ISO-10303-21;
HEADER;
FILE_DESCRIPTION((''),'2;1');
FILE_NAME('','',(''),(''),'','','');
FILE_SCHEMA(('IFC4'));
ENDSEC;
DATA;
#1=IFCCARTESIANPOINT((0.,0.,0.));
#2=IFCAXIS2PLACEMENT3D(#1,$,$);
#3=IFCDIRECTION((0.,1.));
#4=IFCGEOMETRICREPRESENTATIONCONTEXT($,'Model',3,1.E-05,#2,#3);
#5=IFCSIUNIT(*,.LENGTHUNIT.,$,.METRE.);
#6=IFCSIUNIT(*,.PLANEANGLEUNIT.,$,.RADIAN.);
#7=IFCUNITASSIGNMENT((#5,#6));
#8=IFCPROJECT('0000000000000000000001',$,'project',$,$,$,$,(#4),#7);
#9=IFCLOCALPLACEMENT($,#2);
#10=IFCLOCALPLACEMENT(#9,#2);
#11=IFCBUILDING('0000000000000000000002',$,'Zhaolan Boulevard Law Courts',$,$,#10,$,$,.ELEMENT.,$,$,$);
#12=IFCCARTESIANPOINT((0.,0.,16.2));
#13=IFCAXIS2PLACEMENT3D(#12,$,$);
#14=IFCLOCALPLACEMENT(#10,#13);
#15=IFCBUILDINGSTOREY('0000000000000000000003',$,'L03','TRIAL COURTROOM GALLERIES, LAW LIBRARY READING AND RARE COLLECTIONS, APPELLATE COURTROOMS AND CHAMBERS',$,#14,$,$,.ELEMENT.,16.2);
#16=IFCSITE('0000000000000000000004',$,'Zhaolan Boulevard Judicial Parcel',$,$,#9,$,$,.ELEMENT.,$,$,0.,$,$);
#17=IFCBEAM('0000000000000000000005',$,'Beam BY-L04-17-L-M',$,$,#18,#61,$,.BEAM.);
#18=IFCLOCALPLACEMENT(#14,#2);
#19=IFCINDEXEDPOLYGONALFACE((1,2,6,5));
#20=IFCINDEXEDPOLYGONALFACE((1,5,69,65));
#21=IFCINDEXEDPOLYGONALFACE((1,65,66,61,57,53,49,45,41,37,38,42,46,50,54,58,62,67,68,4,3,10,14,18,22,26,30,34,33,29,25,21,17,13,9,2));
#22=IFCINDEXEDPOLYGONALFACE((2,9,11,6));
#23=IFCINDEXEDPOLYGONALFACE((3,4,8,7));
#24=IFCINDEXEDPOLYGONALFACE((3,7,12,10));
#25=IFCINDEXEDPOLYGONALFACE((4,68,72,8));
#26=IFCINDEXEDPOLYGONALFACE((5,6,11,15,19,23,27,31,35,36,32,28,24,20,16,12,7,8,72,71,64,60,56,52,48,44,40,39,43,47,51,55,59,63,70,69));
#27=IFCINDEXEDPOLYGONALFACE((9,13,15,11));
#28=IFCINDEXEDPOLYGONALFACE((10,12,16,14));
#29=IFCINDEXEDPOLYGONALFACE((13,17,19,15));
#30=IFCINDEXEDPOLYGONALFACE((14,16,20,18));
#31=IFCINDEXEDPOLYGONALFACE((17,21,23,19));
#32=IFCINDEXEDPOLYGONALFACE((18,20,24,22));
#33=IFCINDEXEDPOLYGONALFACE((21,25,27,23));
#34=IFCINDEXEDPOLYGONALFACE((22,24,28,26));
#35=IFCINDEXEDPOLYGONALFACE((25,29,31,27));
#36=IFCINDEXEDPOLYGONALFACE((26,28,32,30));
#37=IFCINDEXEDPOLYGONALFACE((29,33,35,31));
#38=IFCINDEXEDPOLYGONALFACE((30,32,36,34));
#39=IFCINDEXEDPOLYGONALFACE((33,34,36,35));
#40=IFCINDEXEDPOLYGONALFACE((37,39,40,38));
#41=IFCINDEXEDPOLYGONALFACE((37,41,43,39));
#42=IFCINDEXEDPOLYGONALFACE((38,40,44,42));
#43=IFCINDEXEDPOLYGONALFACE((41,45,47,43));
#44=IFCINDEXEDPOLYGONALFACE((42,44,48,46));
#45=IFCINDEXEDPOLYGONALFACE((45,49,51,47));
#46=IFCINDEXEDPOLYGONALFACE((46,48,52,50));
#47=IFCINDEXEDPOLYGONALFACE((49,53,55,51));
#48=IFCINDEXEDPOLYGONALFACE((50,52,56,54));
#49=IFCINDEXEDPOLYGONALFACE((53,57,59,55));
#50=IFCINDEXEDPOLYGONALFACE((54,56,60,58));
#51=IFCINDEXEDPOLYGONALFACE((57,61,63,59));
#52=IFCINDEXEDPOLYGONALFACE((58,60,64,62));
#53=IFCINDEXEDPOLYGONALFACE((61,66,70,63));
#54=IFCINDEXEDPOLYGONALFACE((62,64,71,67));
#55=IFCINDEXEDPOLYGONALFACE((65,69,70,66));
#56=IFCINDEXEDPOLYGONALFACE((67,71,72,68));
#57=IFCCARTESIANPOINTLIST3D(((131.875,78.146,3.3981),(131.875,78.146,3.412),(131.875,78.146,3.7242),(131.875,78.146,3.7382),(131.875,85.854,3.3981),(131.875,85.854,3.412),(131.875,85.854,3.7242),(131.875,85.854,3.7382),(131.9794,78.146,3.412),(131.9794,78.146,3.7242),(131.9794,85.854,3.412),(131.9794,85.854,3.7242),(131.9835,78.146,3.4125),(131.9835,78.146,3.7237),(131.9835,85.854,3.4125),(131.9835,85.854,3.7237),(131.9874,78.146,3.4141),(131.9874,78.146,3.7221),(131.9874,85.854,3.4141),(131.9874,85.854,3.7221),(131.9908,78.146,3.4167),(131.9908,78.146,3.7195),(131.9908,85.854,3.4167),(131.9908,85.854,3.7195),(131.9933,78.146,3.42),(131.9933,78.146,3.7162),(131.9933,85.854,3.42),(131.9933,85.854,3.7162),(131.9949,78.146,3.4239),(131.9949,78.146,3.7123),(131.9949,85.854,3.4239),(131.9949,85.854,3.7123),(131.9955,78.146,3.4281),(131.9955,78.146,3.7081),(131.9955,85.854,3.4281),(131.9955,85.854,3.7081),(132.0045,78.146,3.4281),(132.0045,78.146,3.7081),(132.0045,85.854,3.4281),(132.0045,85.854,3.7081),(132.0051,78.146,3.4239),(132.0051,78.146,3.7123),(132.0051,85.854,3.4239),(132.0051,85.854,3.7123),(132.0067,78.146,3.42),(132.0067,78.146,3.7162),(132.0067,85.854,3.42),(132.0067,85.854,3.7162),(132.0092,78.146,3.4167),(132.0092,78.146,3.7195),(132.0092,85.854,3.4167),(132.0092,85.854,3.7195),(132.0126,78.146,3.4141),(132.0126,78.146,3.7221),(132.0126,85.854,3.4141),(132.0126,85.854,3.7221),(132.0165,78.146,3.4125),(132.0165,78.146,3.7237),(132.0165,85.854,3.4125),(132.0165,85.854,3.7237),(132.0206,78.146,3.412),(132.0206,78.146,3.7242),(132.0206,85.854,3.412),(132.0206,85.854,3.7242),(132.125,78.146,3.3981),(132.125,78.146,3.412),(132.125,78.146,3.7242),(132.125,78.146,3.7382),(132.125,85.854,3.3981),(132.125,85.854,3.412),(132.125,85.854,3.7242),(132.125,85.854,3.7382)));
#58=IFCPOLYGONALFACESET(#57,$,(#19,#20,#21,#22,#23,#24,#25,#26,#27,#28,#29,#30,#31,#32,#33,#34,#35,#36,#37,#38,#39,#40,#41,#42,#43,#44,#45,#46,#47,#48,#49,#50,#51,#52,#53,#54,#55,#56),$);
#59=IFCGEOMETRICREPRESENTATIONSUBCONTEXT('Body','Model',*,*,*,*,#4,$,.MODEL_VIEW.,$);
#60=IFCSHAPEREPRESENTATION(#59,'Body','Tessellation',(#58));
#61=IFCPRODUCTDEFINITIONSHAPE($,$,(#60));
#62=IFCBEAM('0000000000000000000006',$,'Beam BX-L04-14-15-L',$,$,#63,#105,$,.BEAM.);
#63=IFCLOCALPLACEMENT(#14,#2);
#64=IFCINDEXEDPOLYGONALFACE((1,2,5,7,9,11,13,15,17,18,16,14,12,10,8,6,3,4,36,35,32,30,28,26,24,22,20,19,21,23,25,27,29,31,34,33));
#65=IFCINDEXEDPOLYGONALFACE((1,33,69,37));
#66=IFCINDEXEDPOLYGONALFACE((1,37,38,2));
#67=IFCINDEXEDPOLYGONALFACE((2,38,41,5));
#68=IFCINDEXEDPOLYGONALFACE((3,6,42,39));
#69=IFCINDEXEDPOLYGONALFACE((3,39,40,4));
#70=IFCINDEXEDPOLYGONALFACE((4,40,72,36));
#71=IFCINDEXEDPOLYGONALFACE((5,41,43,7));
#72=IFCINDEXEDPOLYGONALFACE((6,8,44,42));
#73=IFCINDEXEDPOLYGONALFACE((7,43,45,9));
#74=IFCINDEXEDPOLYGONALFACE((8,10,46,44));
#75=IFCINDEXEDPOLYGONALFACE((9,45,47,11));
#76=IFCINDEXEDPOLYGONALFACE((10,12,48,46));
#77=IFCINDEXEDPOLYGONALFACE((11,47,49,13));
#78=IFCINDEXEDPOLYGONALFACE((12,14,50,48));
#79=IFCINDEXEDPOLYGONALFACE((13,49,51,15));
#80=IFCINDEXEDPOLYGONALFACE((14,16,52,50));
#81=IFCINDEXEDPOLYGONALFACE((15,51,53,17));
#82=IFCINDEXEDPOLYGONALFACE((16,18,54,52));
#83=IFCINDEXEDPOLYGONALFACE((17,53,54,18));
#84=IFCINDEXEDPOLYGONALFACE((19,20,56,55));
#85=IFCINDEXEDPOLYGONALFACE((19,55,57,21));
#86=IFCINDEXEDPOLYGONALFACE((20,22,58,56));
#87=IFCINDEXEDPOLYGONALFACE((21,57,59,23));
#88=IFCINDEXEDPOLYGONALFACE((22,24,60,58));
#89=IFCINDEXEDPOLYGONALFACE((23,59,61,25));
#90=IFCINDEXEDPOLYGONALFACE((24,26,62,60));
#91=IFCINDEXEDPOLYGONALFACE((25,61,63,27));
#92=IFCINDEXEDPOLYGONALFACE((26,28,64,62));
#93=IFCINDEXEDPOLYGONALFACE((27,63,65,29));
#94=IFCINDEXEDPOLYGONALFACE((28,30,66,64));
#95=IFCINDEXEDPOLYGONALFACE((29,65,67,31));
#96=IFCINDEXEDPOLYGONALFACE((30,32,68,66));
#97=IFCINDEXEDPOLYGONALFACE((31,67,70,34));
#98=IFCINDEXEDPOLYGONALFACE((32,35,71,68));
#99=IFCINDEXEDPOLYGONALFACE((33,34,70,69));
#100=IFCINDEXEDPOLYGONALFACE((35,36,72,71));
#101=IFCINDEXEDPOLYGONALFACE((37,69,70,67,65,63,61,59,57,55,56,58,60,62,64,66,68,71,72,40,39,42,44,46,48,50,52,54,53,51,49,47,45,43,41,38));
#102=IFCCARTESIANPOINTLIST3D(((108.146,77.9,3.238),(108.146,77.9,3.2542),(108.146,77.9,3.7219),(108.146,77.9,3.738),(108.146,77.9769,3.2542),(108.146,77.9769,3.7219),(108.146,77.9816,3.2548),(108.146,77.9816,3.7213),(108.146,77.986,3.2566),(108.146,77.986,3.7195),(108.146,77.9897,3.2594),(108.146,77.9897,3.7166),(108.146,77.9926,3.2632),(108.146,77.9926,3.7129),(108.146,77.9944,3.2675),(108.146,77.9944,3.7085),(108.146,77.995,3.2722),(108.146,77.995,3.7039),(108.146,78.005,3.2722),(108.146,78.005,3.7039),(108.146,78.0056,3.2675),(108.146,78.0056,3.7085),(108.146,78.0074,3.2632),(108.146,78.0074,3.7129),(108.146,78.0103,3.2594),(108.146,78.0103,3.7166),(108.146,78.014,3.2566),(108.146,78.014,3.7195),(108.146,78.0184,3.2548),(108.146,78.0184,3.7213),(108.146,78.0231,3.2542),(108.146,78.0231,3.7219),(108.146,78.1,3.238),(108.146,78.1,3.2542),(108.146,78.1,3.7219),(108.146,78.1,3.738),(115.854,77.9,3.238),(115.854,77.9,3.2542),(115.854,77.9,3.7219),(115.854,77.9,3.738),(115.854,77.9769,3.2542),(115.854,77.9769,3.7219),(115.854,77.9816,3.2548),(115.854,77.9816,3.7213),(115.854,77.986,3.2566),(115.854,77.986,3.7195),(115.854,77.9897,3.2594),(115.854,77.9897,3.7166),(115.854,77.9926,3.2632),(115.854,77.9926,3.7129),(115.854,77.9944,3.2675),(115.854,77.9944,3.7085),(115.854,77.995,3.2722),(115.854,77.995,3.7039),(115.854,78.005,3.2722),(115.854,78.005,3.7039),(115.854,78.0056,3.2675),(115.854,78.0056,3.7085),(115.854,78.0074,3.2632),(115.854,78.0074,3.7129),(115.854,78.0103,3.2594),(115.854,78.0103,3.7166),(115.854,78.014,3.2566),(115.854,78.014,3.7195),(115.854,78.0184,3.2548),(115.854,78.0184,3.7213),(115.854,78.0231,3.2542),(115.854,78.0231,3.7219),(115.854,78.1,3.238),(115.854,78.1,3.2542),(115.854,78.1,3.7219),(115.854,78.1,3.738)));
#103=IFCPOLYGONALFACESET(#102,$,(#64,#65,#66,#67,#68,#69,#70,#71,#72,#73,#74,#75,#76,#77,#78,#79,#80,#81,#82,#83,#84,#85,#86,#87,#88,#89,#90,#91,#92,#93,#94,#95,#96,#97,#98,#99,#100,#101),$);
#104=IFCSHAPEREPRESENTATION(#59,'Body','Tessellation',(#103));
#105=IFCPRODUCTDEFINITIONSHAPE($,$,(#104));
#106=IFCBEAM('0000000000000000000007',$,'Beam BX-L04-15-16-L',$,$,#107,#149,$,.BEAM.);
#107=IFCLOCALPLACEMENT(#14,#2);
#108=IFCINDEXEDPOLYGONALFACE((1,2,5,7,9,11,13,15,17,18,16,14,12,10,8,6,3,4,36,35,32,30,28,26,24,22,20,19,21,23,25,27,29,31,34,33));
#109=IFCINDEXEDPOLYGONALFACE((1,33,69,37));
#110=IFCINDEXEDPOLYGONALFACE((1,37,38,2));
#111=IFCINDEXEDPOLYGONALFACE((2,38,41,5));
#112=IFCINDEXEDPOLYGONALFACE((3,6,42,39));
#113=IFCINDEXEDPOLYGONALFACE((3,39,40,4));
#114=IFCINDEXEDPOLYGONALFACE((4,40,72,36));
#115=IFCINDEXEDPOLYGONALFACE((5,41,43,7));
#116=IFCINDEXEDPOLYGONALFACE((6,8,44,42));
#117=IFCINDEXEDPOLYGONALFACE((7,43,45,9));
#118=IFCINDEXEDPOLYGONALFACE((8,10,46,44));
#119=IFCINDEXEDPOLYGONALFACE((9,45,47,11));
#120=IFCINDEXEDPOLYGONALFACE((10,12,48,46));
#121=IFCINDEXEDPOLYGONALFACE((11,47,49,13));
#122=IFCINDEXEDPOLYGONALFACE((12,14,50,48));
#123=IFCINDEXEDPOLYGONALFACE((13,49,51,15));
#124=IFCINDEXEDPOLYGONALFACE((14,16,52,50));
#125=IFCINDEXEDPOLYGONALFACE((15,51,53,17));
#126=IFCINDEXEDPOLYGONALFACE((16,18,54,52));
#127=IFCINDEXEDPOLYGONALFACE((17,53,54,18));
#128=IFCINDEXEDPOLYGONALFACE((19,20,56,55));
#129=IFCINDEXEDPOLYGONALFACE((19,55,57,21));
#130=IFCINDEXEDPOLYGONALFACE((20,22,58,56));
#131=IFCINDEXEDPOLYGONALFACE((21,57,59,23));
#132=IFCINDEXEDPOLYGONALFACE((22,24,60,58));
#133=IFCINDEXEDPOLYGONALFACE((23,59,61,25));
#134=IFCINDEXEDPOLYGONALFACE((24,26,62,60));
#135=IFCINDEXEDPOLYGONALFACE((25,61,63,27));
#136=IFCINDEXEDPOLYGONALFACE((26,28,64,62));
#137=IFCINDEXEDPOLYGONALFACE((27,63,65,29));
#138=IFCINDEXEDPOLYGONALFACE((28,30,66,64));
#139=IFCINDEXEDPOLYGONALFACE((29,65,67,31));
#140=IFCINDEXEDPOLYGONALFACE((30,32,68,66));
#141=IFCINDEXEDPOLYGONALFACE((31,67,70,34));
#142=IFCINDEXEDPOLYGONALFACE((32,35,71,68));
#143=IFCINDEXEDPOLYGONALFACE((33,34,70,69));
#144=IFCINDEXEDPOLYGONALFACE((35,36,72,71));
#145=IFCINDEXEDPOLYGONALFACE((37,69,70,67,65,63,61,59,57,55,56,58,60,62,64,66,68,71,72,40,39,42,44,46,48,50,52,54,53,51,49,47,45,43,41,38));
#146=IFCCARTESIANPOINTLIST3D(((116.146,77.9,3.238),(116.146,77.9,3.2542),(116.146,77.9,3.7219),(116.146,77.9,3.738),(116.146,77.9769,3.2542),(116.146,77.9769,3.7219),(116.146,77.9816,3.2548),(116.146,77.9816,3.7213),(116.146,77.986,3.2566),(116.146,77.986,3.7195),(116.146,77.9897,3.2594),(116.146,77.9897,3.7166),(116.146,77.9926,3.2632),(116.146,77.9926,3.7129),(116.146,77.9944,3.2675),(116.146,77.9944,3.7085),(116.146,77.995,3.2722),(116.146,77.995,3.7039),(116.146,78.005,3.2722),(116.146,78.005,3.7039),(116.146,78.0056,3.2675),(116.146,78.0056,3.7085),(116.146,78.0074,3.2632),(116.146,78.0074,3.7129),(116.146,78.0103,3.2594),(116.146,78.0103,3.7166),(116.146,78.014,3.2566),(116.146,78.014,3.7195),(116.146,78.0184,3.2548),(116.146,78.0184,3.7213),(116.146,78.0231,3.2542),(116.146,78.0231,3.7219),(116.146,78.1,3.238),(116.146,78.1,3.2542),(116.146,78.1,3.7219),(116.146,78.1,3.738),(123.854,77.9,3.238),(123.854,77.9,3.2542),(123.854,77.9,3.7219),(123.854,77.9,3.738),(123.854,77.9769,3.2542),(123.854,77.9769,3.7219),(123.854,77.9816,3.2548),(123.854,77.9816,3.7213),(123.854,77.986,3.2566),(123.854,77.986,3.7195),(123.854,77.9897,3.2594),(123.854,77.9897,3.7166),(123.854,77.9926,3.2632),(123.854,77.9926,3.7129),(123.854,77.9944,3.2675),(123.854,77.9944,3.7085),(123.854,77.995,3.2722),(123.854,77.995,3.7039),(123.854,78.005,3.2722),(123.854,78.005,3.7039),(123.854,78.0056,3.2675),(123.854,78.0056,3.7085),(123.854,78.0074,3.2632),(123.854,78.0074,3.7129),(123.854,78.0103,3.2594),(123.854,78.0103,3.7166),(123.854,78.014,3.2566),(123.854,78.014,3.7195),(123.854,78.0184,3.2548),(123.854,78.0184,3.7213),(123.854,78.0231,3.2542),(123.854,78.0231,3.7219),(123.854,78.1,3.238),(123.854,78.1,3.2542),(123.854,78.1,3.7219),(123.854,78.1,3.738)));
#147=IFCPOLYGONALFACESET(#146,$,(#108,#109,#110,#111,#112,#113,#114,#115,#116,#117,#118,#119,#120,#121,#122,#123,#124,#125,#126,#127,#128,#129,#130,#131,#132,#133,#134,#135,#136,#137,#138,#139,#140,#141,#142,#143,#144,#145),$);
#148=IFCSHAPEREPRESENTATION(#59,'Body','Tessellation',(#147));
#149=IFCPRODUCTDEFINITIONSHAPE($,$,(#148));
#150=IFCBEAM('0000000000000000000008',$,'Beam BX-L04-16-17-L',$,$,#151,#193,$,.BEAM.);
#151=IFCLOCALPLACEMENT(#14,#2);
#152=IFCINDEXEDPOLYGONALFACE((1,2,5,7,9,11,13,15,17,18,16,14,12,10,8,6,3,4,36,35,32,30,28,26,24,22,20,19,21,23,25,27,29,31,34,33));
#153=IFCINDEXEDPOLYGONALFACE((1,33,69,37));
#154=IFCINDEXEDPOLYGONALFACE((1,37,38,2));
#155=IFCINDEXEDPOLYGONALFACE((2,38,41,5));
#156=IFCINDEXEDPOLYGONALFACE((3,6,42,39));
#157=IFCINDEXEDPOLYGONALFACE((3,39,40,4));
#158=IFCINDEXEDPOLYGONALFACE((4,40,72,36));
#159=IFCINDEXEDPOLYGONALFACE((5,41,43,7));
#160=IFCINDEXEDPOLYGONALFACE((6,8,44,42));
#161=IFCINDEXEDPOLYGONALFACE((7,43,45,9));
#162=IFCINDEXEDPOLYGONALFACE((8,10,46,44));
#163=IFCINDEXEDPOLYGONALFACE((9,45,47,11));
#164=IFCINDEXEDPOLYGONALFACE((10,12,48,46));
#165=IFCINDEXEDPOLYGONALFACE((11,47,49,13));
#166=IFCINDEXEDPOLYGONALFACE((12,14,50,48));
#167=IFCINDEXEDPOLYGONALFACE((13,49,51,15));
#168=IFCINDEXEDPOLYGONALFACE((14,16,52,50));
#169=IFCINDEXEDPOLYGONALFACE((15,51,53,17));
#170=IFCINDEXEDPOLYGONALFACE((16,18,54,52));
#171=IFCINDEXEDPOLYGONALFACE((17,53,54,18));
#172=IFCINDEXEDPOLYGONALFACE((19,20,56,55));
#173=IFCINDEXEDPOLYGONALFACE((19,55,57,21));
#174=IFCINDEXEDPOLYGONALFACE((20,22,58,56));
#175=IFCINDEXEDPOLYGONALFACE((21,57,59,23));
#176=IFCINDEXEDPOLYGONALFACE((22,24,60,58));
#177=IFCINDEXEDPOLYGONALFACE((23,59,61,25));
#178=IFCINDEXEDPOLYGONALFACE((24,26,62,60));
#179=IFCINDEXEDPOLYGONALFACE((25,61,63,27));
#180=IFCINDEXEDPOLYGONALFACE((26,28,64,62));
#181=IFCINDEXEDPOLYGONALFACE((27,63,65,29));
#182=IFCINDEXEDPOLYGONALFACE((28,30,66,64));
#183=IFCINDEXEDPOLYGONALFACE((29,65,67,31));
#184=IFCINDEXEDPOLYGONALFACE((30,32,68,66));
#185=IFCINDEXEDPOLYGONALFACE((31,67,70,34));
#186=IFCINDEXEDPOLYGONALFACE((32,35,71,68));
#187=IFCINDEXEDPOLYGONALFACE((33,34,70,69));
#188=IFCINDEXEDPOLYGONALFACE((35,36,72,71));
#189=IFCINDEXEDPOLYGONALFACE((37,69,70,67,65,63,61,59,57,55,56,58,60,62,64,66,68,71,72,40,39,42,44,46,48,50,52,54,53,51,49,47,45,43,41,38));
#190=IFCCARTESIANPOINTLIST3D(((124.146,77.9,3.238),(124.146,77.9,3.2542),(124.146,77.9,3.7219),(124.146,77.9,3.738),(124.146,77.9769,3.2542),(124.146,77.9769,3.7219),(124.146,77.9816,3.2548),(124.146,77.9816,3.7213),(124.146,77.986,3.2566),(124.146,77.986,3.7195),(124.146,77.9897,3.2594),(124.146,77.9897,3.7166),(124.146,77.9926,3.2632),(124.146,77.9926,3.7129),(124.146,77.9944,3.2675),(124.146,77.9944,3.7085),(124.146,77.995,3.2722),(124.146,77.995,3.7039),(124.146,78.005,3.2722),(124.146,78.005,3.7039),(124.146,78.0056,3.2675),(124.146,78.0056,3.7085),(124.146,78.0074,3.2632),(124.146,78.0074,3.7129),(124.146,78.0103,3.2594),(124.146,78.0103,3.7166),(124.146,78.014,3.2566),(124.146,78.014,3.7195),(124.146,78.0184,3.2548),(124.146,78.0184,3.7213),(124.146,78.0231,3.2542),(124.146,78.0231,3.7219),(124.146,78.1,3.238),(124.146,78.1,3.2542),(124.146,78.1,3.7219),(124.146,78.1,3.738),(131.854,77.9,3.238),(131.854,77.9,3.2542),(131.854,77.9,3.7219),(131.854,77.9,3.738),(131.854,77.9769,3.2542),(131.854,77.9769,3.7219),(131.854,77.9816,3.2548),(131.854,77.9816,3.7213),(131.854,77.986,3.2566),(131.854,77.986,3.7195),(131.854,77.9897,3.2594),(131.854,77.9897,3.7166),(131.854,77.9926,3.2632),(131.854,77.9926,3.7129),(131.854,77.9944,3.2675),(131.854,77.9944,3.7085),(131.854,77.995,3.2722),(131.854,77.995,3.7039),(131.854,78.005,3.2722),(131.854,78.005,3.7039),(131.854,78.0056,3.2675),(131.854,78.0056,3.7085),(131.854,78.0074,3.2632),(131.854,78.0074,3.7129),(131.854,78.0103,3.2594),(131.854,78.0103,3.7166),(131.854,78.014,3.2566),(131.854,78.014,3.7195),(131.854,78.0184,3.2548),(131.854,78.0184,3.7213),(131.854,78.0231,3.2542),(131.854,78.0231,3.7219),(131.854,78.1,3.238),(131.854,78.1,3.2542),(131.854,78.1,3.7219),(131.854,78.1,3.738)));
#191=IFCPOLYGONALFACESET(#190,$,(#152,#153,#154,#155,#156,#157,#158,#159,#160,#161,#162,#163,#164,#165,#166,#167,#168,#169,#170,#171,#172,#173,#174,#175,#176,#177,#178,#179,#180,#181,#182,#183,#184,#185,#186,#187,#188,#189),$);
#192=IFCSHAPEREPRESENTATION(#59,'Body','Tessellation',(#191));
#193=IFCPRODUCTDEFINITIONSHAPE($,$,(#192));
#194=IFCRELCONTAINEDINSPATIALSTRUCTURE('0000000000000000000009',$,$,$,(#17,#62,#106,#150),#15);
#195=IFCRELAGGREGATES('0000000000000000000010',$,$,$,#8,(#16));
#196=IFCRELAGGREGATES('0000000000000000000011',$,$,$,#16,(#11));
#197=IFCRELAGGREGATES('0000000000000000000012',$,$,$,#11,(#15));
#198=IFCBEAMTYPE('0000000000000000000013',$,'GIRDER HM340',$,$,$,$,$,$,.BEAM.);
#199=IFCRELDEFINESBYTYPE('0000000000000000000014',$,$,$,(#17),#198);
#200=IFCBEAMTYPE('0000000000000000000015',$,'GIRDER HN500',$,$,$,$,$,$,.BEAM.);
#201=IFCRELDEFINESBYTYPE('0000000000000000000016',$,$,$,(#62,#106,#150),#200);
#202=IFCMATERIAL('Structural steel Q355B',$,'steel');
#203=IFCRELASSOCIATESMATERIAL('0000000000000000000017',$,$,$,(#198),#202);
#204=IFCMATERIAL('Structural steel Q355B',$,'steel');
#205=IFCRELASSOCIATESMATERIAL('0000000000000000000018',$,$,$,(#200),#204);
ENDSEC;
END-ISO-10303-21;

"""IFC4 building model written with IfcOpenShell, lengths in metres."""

from ifc_helpers import new_model, si_unit, direction, frame, origin, origin_2d, place, context, subcontext, project, spatial, i_section, extrude, material, material_profile, profile_set, type_object, element, save


model = new_model("IFC4")

# Units and contexts
model_context = context("Model", 3, precision=1e-05, world=origin(), true_north=direction((0.0, 1.0)))
body_context = subcontext(model_context, "Body", "Model", "MODEL_VIEW")
ifc_project = project(units=[si_unit("LENGTHUNIT", "METRE"), si_unit("PLANEANGLEUNIT", "RADIAN")], contexts=[model_context])

# Site, building, storey
site_placement = place(None, origin())
site = spatial("IfcSite", under=ifc_project, at=site_placement, Name="Zhaolan Boulevard Judicial Parcel", CompositionType="ELEMENT", RefElevation=0.0)
building_placement = place(site_placement, origin())
building = spatial("IfcBuilding", under=site, at=building_placement, Name="Zhaolan Boulevard Law Courts", CompositionType="ELEMENT")
storey_placement = place(building_placement, frame((0.0, 0.0, 16.2)))
storey = spatial("IfcBuildingStorey", under=building, at=storey_placement, Name="L03", Description="TRIAL COURTROOM GALLERIES, LAW LIBRARY READING AND RARE COLLECTIONS, APPELLATE COURTROOMS AND CHAMBERS", CompositionType="ELEMENT", Elevation=16.2)

# Beams
ifc_material_1 = material(Name="Structural steel Q355B", Category="steel")
ifc_material_profile_1 = material_profile(ifc_material_1, i_section(OverallWidth=0.25, OverallDepth=0.3401, WebThickness=0.009, FlangeThickness=0.0139, FilletRadius=0.0161, at=origin_2d()), Name="HM340x250")
ifc_profile_set_1 = profile_set([ifc_material_profile_1], Name="Structural steel Q355B")
beam_type_1 = type_object("IfcBeamType", Name="GIRDER HM340", PredefinedType="BEAM", material=ifc_profile_set_1)
for number, where, z_axis, x_axis, name in (
    (1, (132.0, 78.146, 3.5681), (0.0, 1.0, 0.0), (-1.0, 0.0, 0.0), "Beam BY-L04-17-L-M"),
):
    element("IfcBeam", number, at=place(storey_placement, frame(where, z_axis=z_axis, x_axis=x_axis)), inside=storey, type_object=beam_type_1, Name=name, PredefinedType="BEAM", context=body_context, shape_type="SweptSolid", body=[
        extrude(i_section(OverallWidth=0.25, OverallDepth=0.3401, WebThickness=0.009, FlangeThickness=0.0139, FilletRadius=0.0161, at=origin_2d()), origin(), (0.0, 0.0, 1.0), 7.708),
    ])
ifc_material_2 = material(Name="Structural steel Q355B", Category="steel")
ifc_material_profile_2 = material_profile(ifc_material_2, i_section(OverallWidth=0.2, OverallDepth=0.5, WebThickness=0.01, FlangeThickness=0.0161, FilletRadius=0.0181, at=origin_2d()), Name="HN500x200")
ifc_profile_set_2 = profile_set([ifc_material_profile_2], Name="Structural steel Q355B")
beam_type_2 = type_object("IfcBeamType", Name="GIRDER HN500", PredefinedType="BEAM", material=ifc_profile_set_2)
for number, where, z_axis, x_axis, name in (
    (2, (108.146, 78.0, 3.488), (1.0, 0.0, 0.0), (0.0, 1.0, 0.0), "Beam BX-L04-14-15-L"),
    (3, (116.146, 78.0, 3.488), (1.0, 0.0, 0.0), (0.0, 1.0, 0.0), "Beam BX-L04-15-16-L"),
    (4, (124.146, 78.0, 3.488), (1.0, 0.0, 0.0), (0.0, 1.0, 0.0), "Beam BX-L04-16-17-L"),
):
    element("IfcBeam", number, at=place(storey_placement, frame(where, z_axis=z_axis, x_axis=x_axis)), inside=storey, type_object=beam_type_2, Name=name, PredefinedType="BEAM", context=body_context, shape_type="SweptSolid", body=[
        extrude(i_section(OverallWidth=0.2, OverallDepth=0.5, WebThickness=0.01, FlangeThickness=0.0161, FilletRadius=0.0181, at=origin_2d()), origin(), (0.0, 0.0, 1.0), 7.708),
    ])

save(model, "model.ifc")
